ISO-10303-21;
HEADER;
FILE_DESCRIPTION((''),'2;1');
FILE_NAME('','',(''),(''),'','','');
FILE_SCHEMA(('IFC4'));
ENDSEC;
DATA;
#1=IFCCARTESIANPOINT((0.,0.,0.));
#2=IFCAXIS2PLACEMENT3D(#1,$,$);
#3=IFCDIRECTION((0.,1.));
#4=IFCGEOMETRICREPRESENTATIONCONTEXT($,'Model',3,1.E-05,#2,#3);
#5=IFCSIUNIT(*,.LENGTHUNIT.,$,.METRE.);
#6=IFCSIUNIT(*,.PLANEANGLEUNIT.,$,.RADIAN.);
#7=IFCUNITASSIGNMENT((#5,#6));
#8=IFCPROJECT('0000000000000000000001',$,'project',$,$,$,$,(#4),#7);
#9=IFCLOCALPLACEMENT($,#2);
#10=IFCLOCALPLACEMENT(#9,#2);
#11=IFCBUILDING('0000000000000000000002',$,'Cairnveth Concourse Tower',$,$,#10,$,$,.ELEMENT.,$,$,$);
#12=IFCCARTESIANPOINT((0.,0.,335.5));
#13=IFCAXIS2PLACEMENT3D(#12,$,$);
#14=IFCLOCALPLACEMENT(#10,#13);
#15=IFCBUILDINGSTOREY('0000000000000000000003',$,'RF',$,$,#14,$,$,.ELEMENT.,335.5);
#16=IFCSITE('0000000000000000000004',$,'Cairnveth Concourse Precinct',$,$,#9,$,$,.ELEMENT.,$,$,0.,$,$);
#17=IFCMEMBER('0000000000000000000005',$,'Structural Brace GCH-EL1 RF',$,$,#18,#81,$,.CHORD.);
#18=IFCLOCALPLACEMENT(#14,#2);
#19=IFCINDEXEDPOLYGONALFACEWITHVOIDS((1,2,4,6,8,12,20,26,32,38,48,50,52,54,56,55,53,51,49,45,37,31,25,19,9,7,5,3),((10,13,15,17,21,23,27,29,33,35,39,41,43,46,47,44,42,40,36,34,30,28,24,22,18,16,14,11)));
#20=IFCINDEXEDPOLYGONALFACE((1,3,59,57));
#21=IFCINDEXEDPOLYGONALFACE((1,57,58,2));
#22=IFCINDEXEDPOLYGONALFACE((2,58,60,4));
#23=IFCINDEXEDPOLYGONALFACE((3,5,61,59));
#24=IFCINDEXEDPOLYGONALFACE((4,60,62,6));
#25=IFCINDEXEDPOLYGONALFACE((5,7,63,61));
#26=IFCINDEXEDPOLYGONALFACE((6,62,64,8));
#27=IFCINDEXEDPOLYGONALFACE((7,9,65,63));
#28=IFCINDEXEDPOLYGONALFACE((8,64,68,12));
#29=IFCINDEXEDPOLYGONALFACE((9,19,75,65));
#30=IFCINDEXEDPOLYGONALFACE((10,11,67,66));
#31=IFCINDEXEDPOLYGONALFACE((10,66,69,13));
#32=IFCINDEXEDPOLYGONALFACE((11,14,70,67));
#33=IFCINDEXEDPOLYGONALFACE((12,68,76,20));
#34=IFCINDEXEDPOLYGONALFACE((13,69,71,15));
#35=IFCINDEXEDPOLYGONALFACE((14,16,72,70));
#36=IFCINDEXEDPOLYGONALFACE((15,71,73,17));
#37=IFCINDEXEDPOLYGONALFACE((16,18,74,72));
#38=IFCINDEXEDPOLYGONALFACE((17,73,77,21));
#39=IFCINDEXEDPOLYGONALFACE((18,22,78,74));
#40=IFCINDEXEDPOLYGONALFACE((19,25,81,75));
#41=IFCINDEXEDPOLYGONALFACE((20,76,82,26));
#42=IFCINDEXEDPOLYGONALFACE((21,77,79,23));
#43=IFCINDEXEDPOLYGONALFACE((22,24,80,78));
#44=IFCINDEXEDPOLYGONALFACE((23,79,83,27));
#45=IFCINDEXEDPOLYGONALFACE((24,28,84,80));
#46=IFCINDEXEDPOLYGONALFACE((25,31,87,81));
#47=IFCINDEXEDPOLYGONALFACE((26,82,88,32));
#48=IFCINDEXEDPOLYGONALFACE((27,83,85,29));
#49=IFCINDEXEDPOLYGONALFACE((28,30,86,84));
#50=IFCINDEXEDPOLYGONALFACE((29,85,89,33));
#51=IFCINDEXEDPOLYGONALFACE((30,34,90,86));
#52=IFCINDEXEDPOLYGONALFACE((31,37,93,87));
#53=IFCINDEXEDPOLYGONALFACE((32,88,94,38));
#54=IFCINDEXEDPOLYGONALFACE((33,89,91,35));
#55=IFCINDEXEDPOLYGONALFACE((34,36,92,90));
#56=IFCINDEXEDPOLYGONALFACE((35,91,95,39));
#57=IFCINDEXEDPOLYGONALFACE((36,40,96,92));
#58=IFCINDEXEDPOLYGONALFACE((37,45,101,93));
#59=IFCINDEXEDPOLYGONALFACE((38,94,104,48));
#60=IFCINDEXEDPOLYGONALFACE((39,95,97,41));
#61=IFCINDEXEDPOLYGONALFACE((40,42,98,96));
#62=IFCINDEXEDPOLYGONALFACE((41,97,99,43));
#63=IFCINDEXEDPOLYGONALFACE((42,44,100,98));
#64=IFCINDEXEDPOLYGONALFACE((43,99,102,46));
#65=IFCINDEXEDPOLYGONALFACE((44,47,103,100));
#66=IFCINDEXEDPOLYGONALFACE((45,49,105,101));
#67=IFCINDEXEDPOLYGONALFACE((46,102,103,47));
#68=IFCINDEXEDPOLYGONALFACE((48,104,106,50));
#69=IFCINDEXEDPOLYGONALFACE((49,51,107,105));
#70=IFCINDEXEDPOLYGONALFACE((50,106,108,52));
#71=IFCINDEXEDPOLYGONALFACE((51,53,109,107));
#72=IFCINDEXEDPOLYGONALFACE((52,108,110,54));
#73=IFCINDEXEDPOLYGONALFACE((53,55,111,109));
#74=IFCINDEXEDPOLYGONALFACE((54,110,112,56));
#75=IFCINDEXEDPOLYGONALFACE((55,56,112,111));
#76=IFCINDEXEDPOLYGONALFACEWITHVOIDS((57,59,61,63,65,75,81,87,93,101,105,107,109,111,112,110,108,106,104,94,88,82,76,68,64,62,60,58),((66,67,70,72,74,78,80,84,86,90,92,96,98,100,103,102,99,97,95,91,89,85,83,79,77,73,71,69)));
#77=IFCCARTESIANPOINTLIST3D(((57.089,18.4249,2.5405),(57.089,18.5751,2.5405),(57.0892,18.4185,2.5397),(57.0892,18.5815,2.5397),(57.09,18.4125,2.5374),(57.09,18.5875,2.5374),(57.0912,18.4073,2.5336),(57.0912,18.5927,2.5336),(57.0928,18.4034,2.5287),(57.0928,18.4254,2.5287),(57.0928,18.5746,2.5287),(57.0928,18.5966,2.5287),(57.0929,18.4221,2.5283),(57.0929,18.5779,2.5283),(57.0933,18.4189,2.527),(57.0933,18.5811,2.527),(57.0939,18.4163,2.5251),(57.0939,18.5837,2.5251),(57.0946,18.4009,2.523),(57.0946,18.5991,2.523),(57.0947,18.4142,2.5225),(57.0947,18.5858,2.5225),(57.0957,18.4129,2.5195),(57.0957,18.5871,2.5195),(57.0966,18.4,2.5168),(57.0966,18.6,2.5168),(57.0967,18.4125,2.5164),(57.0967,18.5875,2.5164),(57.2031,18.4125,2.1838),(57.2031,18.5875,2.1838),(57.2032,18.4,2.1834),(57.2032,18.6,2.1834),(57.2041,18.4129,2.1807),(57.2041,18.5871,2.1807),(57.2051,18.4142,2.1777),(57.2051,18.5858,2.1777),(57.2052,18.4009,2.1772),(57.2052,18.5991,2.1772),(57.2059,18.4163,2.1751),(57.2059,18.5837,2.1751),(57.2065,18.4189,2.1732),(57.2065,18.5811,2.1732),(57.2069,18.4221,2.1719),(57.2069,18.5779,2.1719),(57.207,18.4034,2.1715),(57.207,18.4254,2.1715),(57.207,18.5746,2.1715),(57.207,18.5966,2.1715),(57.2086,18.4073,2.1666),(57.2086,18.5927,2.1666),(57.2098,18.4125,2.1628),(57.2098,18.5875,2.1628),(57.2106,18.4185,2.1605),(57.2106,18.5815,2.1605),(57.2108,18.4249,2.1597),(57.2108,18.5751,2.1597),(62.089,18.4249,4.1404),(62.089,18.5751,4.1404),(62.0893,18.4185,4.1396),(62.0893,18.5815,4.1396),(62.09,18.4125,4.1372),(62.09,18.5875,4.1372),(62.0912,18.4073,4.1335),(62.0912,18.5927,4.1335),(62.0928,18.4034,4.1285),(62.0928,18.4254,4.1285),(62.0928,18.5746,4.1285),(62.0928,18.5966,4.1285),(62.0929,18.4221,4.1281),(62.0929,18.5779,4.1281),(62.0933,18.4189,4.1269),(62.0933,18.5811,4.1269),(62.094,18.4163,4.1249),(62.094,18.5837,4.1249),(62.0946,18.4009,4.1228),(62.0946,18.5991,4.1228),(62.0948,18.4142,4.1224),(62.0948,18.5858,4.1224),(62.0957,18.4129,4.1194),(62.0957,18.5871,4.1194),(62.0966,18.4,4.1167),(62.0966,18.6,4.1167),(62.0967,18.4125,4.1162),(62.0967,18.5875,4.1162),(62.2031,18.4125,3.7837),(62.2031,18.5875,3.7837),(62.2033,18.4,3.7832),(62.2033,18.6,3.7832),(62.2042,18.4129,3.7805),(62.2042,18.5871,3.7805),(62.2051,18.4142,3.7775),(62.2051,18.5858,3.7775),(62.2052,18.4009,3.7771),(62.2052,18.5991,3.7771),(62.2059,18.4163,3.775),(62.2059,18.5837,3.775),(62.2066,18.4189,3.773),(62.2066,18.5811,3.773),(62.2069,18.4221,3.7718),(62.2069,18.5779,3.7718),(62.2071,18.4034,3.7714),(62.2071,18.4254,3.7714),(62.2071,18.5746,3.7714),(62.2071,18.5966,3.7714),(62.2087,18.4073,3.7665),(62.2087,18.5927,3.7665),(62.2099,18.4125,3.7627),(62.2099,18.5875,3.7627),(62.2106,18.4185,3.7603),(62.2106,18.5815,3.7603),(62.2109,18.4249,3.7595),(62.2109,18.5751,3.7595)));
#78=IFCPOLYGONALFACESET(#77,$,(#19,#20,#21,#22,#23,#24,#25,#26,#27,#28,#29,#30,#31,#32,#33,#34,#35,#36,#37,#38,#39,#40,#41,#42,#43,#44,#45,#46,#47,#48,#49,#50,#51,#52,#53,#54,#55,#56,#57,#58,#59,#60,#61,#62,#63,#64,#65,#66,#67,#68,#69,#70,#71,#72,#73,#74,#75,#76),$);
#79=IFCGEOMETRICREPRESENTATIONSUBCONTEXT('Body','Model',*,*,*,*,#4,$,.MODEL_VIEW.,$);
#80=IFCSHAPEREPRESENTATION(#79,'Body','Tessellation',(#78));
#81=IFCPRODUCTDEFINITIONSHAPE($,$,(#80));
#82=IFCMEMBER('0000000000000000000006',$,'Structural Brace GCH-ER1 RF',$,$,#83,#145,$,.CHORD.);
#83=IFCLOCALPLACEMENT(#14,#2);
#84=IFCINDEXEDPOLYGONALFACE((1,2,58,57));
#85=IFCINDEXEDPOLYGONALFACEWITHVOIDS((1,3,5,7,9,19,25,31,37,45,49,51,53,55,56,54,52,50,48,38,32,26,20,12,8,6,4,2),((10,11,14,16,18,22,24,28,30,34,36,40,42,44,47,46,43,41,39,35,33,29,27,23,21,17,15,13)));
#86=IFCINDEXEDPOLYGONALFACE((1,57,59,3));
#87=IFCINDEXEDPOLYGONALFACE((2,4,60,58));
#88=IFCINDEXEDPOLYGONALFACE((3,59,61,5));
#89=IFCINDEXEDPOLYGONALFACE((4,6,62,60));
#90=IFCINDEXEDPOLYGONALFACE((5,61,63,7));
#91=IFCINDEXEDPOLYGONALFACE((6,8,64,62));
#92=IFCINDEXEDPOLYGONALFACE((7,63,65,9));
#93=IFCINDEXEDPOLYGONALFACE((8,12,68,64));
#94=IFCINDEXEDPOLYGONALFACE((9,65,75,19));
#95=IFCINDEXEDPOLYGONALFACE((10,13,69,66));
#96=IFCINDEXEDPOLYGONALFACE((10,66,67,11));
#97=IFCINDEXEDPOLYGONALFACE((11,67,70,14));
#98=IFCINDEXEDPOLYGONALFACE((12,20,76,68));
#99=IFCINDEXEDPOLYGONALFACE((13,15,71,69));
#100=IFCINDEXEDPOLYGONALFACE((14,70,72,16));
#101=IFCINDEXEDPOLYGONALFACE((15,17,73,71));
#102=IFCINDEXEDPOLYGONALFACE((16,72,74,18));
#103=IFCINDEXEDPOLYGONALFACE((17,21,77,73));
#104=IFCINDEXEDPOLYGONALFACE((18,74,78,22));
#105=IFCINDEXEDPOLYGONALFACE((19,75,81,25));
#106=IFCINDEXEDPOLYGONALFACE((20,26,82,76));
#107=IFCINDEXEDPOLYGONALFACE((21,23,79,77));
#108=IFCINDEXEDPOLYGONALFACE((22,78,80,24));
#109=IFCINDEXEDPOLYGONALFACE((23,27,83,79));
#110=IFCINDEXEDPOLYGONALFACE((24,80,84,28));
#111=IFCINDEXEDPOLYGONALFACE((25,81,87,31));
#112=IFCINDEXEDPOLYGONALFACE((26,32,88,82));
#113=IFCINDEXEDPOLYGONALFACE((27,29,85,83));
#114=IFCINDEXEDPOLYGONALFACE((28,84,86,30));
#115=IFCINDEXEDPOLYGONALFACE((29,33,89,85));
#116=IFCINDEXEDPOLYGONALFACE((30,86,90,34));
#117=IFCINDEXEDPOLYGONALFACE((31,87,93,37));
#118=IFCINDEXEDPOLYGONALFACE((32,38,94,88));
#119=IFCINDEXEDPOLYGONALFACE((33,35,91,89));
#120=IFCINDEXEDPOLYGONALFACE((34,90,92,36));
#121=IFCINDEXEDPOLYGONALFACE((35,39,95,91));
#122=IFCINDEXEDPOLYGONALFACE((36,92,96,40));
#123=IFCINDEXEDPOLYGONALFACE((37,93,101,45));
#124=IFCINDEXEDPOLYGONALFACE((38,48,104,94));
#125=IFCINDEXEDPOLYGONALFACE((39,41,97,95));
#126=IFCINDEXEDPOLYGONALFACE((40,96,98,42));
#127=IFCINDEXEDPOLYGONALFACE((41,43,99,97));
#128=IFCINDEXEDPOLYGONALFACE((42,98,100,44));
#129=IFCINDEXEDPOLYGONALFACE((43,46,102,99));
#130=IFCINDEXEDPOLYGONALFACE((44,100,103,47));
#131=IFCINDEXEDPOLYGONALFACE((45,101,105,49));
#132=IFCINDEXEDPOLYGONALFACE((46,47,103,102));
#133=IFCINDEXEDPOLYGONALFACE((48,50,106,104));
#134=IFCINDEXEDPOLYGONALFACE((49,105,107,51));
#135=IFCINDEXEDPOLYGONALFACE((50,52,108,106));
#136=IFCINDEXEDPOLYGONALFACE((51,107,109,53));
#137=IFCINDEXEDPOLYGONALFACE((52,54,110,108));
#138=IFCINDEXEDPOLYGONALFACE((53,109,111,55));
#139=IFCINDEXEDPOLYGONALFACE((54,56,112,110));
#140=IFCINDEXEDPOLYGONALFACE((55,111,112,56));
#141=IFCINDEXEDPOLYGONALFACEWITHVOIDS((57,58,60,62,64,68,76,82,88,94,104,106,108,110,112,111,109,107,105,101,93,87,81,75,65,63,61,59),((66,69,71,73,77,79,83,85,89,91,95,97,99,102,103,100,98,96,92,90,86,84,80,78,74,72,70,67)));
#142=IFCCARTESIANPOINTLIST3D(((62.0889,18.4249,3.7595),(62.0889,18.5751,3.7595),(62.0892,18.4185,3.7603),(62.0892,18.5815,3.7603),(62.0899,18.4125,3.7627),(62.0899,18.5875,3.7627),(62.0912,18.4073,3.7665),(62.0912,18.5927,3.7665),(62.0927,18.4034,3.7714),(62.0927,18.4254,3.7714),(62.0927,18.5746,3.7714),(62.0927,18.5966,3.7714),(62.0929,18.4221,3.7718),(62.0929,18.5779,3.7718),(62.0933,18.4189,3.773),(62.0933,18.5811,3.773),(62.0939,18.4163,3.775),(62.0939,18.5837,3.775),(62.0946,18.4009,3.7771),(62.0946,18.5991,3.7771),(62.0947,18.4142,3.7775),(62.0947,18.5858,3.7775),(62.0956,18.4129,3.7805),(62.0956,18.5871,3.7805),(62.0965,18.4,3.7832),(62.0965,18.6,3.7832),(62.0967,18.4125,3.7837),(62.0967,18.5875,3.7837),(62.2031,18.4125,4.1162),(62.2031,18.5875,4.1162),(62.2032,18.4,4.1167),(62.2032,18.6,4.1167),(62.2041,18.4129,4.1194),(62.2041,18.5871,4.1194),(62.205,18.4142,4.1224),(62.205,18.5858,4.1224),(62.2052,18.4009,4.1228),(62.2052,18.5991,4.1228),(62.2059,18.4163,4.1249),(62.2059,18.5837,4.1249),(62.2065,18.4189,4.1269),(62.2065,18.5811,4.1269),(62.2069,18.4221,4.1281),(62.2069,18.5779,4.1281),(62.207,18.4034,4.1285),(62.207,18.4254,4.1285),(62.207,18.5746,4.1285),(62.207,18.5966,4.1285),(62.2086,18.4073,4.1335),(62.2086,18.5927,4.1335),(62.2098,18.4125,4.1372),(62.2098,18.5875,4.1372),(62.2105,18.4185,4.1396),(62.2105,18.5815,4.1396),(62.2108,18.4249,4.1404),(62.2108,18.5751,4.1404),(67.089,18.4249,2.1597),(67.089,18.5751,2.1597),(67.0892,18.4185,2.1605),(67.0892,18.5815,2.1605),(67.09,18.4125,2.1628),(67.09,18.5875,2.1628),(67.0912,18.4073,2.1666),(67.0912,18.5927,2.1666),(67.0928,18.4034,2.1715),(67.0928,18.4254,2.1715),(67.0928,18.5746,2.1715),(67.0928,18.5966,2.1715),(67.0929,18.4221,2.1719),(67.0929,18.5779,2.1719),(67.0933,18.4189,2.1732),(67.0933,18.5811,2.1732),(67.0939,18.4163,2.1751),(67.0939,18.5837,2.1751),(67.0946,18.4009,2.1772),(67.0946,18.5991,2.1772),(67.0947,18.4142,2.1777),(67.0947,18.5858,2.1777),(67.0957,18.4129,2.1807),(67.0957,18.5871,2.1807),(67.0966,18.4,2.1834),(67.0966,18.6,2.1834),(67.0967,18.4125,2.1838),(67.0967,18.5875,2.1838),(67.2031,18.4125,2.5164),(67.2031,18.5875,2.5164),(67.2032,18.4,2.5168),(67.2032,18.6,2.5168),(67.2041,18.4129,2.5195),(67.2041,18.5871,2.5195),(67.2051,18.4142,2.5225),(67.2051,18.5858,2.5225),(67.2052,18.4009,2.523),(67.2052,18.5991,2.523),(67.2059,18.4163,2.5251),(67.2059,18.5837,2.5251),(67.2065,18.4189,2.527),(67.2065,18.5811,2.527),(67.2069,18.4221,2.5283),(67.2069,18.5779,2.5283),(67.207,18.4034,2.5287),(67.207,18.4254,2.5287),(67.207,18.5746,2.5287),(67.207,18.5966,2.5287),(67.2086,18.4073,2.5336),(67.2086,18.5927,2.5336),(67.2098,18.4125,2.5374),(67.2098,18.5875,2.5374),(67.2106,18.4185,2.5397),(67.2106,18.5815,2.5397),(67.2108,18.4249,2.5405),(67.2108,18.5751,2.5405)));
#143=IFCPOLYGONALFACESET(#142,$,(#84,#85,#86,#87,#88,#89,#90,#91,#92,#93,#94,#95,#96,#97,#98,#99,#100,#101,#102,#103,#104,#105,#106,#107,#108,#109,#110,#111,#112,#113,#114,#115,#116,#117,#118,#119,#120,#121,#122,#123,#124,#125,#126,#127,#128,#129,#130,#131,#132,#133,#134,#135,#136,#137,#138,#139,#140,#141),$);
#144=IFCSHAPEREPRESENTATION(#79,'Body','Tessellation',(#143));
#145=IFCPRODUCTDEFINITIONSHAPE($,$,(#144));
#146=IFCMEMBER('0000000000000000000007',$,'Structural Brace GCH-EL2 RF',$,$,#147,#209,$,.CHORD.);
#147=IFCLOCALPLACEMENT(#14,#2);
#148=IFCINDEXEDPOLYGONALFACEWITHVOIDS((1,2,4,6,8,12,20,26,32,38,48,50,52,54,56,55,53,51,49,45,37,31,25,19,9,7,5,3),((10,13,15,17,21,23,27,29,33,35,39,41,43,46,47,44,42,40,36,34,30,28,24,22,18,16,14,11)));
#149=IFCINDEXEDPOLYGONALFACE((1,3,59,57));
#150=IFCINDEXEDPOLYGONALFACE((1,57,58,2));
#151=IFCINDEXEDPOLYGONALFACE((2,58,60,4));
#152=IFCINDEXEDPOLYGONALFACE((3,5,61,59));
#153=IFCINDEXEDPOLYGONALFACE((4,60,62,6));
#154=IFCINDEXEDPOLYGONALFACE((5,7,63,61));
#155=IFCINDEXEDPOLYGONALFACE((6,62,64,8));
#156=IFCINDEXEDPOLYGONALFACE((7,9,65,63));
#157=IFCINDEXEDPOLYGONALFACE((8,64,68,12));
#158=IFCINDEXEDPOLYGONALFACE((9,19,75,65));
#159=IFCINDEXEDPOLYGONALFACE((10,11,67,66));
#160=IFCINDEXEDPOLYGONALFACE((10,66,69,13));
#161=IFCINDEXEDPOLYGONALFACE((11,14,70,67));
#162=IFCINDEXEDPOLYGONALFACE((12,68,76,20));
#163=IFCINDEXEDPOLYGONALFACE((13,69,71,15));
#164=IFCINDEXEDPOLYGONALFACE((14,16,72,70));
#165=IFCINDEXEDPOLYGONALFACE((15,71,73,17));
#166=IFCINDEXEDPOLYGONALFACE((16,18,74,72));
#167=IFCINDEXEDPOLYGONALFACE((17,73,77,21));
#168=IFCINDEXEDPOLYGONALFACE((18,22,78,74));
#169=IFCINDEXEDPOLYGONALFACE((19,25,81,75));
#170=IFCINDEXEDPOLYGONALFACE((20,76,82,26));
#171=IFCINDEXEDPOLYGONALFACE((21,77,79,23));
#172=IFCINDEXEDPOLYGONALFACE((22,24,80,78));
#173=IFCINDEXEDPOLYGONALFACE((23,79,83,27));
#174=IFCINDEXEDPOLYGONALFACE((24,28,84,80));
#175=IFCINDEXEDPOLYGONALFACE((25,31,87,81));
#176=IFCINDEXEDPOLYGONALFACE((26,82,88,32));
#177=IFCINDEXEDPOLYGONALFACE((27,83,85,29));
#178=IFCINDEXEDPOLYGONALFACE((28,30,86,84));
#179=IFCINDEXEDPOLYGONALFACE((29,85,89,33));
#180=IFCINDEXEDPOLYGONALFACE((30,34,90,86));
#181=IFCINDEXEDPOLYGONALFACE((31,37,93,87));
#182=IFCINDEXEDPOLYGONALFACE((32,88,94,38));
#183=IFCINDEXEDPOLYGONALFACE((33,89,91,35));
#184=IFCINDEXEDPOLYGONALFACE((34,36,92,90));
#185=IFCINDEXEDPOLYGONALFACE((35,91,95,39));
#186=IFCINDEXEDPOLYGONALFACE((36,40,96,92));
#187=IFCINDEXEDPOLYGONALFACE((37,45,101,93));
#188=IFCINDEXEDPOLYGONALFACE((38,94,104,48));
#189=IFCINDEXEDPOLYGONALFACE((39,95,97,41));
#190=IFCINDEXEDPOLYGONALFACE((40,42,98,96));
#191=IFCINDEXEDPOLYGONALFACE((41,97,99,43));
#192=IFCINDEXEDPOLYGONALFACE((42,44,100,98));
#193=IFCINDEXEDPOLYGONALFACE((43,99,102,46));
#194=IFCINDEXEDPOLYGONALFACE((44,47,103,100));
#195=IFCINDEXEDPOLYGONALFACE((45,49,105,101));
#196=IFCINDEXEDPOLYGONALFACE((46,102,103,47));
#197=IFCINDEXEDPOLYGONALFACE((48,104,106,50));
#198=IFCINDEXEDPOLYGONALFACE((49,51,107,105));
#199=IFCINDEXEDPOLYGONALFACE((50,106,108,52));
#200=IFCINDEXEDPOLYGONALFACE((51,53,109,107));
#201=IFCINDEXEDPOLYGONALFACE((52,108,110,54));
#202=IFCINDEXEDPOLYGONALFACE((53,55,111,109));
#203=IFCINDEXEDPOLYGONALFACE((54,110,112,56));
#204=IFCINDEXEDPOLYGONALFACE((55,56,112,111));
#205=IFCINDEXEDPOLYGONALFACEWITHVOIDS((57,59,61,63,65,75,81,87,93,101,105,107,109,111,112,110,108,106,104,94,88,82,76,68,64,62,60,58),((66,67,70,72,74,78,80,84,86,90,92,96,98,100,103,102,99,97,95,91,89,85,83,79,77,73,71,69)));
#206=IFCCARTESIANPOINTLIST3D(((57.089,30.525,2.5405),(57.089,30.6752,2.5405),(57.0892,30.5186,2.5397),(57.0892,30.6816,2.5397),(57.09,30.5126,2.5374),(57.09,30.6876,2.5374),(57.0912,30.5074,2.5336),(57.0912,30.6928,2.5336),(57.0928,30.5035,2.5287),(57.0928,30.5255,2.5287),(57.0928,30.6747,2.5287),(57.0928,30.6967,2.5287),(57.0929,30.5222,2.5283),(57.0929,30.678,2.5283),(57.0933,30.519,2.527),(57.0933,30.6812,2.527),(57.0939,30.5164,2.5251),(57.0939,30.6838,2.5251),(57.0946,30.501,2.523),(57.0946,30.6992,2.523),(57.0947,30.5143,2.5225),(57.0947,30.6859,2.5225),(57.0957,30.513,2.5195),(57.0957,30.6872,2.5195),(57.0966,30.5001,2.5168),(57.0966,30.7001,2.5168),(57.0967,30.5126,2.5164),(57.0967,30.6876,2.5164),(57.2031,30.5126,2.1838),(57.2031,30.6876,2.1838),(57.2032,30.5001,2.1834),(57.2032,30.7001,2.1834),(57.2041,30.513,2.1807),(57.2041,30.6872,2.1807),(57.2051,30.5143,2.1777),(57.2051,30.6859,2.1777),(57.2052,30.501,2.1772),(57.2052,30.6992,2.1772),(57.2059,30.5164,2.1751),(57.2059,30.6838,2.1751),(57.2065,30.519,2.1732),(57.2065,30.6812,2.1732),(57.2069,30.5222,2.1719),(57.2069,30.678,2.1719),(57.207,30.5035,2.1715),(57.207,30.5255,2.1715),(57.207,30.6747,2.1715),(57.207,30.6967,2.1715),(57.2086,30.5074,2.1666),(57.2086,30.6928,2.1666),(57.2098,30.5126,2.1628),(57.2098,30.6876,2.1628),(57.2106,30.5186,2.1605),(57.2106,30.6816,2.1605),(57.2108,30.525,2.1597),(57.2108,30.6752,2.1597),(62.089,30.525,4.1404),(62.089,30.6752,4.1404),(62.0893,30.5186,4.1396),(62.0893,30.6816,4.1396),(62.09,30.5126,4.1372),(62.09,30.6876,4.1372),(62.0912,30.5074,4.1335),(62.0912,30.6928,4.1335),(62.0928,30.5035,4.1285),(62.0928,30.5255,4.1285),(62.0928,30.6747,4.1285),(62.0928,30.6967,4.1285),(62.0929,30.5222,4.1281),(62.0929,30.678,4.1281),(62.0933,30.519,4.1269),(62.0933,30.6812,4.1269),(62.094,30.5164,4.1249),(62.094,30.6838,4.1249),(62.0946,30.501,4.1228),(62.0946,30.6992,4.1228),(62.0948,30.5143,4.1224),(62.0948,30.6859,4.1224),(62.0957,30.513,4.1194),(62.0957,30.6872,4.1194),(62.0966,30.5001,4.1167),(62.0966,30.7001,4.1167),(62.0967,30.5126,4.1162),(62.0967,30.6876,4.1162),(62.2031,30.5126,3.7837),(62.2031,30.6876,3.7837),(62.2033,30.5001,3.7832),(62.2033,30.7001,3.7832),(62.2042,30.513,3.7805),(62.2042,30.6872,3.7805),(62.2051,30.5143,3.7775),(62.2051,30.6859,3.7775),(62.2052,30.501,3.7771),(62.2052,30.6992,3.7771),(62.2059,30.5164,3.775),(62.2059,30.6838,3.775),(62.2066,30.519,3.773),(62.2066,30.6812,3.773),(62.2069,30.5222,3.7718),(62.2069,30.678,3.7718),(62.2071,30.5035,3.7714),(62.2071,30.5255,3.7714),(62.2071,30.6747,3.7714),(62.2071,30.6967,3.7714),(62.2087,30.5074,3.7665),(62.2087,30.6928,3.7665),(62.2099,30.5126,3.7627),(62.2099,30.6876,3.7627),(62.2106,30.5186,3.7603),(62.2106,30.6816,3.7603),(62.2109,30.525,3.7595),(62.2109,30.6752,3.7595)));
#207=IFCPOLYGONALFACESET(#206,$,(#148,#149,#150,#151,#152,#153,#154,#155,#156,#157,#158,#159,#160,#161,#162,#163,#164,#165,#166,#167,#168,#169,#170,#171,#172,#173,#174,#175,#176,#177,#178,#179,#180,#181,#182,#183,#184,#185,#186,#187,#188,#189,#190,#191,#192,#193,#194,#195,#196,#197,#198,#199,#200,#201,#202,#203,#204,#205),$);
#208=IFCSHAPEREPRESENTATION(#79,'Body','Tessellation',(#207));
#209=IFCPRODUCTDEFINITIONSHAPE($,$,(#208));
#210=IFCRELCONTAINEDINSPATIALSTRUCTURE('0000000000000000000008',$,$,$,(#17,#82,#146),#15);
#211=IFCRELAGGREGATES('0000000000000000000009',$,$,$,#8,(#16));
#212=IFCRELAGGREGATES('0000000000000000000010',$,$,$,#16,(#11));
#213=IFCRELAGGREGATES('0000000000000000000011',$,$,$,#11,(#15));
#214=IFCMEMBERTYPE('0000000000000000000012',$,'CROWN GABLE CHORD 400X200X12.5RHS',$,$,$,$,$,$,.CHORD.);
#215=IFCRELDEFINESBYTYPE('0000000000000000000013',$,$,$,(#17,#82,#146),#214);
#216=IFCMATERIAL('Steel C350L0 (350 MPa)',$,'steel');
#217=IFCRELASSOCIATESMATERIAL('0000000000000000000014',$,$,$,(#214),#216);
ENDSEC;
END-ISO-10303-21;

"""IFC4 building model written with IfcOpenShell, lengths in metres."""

from ifc_helpers import new_model, si_unit, direction, frame, origin, origin_2d, place, context, subcontext, project, spatial, hollow_rectangle, extrude, material, material_profile, profile_set, type_object, element, save


model = new_model("IFC4")

# Units and contexts
model_context = context("Model", 3, precision=1e-05, world=origin(), true_north=direction((0.0, 1.0)))
body_context = subcontext(model_context, "Body", "Model", "MODEL_VIEW")
ifc_project = project(units=[si_unit("LENGTHUNIT", "METRE"), si_unit("PLANEANGLEUNIT", "RADIAN")], contexts=[model_context])

# Site, building, storey
site_placement = place(None, origin())
site = spatial("IfcSite", under=ifc_project, at=site_placement, Name="Cairnveth Concourse Precinct", CompositionType="ELEMENT", RefElevation=0.0)
building_placement = place(site_placement, origin())
building = spatial("IfcBuilding", under=site, at=building_placement, Name="Cairnveth Concourse Tower", CompositionType="ELEMENT")
storey_placement = place(building_placement, frame((0.0, 0.0, 335.5)))
storey = spatial("IfcBuildingStorey", under=building, at=storey_placement, Name="RF", CompositionType="ELEMENT", Elevation=335.5)

# Members
ifc_material_1 = material(Name="Steel C350L0 (350 MPa)", Category="steel")
ifc_material_profile_1 = material_profile(ifc_material_1, hollow_rectangle(XDim=0.2, YDim=0.3999, WallThickness=0.0125, InnerFilletRadius=0.0129, OuterFilletRadius=0.0249, at=origin_2d()), Name="400x200x12.5RHS")
ifc_profile_set_1 = profile_set([ifc_material_profile_1], Name="Steel C350L0 (350 MPa)")
member_type_1 = type_object("IfcMemberType", Name="CROWN GABLE CHORD 400X200X12.5RHS", PredefinedType="CHORD", material=ifc_profile_set_1)
for number, where, z_axis, x_axis, name in (
    (1, (57.1499, 18.5, 2.3501), (0.952432, 0.0, 0.30475), (0.0, 1.0, 0.0), "Structural Brace GCH-EL1 RF"),
    (2, (67.1499, 18.5, 2.3501), (-0.952432, 0.0, 0.30475), (0.0, -1.0, 0.0), "Structural Brace GCH-ER1 RF"),
    (3, (57.1499, 30.6001, 2.3501), (0.952432, 0.0, 0.30475), (0.0, 1.0, 0.0), "Structural Brace GCH-EL2 RF"),
):
    element("IfcMember", number, at=place(storey_placement, frame(where, z_axis=z_axis, x_axis=x_axis)), inside=storey, type_object=member_type_1, Name=name, PredefinedType="CHORD", context=body_context, shape_type="SweptSolid", body=[
        extrude(hollow_rectangle(XDim=0.2, YDim=0.3999, WallThickness=0.0125, InnerFilletRadius=0.0129, OuterFilletRadius=0.0249, at=origin_2d()), origin(), (0.0, 0.0, 1.0), 5.2498),
    ])

save(model, "model.ifc")
